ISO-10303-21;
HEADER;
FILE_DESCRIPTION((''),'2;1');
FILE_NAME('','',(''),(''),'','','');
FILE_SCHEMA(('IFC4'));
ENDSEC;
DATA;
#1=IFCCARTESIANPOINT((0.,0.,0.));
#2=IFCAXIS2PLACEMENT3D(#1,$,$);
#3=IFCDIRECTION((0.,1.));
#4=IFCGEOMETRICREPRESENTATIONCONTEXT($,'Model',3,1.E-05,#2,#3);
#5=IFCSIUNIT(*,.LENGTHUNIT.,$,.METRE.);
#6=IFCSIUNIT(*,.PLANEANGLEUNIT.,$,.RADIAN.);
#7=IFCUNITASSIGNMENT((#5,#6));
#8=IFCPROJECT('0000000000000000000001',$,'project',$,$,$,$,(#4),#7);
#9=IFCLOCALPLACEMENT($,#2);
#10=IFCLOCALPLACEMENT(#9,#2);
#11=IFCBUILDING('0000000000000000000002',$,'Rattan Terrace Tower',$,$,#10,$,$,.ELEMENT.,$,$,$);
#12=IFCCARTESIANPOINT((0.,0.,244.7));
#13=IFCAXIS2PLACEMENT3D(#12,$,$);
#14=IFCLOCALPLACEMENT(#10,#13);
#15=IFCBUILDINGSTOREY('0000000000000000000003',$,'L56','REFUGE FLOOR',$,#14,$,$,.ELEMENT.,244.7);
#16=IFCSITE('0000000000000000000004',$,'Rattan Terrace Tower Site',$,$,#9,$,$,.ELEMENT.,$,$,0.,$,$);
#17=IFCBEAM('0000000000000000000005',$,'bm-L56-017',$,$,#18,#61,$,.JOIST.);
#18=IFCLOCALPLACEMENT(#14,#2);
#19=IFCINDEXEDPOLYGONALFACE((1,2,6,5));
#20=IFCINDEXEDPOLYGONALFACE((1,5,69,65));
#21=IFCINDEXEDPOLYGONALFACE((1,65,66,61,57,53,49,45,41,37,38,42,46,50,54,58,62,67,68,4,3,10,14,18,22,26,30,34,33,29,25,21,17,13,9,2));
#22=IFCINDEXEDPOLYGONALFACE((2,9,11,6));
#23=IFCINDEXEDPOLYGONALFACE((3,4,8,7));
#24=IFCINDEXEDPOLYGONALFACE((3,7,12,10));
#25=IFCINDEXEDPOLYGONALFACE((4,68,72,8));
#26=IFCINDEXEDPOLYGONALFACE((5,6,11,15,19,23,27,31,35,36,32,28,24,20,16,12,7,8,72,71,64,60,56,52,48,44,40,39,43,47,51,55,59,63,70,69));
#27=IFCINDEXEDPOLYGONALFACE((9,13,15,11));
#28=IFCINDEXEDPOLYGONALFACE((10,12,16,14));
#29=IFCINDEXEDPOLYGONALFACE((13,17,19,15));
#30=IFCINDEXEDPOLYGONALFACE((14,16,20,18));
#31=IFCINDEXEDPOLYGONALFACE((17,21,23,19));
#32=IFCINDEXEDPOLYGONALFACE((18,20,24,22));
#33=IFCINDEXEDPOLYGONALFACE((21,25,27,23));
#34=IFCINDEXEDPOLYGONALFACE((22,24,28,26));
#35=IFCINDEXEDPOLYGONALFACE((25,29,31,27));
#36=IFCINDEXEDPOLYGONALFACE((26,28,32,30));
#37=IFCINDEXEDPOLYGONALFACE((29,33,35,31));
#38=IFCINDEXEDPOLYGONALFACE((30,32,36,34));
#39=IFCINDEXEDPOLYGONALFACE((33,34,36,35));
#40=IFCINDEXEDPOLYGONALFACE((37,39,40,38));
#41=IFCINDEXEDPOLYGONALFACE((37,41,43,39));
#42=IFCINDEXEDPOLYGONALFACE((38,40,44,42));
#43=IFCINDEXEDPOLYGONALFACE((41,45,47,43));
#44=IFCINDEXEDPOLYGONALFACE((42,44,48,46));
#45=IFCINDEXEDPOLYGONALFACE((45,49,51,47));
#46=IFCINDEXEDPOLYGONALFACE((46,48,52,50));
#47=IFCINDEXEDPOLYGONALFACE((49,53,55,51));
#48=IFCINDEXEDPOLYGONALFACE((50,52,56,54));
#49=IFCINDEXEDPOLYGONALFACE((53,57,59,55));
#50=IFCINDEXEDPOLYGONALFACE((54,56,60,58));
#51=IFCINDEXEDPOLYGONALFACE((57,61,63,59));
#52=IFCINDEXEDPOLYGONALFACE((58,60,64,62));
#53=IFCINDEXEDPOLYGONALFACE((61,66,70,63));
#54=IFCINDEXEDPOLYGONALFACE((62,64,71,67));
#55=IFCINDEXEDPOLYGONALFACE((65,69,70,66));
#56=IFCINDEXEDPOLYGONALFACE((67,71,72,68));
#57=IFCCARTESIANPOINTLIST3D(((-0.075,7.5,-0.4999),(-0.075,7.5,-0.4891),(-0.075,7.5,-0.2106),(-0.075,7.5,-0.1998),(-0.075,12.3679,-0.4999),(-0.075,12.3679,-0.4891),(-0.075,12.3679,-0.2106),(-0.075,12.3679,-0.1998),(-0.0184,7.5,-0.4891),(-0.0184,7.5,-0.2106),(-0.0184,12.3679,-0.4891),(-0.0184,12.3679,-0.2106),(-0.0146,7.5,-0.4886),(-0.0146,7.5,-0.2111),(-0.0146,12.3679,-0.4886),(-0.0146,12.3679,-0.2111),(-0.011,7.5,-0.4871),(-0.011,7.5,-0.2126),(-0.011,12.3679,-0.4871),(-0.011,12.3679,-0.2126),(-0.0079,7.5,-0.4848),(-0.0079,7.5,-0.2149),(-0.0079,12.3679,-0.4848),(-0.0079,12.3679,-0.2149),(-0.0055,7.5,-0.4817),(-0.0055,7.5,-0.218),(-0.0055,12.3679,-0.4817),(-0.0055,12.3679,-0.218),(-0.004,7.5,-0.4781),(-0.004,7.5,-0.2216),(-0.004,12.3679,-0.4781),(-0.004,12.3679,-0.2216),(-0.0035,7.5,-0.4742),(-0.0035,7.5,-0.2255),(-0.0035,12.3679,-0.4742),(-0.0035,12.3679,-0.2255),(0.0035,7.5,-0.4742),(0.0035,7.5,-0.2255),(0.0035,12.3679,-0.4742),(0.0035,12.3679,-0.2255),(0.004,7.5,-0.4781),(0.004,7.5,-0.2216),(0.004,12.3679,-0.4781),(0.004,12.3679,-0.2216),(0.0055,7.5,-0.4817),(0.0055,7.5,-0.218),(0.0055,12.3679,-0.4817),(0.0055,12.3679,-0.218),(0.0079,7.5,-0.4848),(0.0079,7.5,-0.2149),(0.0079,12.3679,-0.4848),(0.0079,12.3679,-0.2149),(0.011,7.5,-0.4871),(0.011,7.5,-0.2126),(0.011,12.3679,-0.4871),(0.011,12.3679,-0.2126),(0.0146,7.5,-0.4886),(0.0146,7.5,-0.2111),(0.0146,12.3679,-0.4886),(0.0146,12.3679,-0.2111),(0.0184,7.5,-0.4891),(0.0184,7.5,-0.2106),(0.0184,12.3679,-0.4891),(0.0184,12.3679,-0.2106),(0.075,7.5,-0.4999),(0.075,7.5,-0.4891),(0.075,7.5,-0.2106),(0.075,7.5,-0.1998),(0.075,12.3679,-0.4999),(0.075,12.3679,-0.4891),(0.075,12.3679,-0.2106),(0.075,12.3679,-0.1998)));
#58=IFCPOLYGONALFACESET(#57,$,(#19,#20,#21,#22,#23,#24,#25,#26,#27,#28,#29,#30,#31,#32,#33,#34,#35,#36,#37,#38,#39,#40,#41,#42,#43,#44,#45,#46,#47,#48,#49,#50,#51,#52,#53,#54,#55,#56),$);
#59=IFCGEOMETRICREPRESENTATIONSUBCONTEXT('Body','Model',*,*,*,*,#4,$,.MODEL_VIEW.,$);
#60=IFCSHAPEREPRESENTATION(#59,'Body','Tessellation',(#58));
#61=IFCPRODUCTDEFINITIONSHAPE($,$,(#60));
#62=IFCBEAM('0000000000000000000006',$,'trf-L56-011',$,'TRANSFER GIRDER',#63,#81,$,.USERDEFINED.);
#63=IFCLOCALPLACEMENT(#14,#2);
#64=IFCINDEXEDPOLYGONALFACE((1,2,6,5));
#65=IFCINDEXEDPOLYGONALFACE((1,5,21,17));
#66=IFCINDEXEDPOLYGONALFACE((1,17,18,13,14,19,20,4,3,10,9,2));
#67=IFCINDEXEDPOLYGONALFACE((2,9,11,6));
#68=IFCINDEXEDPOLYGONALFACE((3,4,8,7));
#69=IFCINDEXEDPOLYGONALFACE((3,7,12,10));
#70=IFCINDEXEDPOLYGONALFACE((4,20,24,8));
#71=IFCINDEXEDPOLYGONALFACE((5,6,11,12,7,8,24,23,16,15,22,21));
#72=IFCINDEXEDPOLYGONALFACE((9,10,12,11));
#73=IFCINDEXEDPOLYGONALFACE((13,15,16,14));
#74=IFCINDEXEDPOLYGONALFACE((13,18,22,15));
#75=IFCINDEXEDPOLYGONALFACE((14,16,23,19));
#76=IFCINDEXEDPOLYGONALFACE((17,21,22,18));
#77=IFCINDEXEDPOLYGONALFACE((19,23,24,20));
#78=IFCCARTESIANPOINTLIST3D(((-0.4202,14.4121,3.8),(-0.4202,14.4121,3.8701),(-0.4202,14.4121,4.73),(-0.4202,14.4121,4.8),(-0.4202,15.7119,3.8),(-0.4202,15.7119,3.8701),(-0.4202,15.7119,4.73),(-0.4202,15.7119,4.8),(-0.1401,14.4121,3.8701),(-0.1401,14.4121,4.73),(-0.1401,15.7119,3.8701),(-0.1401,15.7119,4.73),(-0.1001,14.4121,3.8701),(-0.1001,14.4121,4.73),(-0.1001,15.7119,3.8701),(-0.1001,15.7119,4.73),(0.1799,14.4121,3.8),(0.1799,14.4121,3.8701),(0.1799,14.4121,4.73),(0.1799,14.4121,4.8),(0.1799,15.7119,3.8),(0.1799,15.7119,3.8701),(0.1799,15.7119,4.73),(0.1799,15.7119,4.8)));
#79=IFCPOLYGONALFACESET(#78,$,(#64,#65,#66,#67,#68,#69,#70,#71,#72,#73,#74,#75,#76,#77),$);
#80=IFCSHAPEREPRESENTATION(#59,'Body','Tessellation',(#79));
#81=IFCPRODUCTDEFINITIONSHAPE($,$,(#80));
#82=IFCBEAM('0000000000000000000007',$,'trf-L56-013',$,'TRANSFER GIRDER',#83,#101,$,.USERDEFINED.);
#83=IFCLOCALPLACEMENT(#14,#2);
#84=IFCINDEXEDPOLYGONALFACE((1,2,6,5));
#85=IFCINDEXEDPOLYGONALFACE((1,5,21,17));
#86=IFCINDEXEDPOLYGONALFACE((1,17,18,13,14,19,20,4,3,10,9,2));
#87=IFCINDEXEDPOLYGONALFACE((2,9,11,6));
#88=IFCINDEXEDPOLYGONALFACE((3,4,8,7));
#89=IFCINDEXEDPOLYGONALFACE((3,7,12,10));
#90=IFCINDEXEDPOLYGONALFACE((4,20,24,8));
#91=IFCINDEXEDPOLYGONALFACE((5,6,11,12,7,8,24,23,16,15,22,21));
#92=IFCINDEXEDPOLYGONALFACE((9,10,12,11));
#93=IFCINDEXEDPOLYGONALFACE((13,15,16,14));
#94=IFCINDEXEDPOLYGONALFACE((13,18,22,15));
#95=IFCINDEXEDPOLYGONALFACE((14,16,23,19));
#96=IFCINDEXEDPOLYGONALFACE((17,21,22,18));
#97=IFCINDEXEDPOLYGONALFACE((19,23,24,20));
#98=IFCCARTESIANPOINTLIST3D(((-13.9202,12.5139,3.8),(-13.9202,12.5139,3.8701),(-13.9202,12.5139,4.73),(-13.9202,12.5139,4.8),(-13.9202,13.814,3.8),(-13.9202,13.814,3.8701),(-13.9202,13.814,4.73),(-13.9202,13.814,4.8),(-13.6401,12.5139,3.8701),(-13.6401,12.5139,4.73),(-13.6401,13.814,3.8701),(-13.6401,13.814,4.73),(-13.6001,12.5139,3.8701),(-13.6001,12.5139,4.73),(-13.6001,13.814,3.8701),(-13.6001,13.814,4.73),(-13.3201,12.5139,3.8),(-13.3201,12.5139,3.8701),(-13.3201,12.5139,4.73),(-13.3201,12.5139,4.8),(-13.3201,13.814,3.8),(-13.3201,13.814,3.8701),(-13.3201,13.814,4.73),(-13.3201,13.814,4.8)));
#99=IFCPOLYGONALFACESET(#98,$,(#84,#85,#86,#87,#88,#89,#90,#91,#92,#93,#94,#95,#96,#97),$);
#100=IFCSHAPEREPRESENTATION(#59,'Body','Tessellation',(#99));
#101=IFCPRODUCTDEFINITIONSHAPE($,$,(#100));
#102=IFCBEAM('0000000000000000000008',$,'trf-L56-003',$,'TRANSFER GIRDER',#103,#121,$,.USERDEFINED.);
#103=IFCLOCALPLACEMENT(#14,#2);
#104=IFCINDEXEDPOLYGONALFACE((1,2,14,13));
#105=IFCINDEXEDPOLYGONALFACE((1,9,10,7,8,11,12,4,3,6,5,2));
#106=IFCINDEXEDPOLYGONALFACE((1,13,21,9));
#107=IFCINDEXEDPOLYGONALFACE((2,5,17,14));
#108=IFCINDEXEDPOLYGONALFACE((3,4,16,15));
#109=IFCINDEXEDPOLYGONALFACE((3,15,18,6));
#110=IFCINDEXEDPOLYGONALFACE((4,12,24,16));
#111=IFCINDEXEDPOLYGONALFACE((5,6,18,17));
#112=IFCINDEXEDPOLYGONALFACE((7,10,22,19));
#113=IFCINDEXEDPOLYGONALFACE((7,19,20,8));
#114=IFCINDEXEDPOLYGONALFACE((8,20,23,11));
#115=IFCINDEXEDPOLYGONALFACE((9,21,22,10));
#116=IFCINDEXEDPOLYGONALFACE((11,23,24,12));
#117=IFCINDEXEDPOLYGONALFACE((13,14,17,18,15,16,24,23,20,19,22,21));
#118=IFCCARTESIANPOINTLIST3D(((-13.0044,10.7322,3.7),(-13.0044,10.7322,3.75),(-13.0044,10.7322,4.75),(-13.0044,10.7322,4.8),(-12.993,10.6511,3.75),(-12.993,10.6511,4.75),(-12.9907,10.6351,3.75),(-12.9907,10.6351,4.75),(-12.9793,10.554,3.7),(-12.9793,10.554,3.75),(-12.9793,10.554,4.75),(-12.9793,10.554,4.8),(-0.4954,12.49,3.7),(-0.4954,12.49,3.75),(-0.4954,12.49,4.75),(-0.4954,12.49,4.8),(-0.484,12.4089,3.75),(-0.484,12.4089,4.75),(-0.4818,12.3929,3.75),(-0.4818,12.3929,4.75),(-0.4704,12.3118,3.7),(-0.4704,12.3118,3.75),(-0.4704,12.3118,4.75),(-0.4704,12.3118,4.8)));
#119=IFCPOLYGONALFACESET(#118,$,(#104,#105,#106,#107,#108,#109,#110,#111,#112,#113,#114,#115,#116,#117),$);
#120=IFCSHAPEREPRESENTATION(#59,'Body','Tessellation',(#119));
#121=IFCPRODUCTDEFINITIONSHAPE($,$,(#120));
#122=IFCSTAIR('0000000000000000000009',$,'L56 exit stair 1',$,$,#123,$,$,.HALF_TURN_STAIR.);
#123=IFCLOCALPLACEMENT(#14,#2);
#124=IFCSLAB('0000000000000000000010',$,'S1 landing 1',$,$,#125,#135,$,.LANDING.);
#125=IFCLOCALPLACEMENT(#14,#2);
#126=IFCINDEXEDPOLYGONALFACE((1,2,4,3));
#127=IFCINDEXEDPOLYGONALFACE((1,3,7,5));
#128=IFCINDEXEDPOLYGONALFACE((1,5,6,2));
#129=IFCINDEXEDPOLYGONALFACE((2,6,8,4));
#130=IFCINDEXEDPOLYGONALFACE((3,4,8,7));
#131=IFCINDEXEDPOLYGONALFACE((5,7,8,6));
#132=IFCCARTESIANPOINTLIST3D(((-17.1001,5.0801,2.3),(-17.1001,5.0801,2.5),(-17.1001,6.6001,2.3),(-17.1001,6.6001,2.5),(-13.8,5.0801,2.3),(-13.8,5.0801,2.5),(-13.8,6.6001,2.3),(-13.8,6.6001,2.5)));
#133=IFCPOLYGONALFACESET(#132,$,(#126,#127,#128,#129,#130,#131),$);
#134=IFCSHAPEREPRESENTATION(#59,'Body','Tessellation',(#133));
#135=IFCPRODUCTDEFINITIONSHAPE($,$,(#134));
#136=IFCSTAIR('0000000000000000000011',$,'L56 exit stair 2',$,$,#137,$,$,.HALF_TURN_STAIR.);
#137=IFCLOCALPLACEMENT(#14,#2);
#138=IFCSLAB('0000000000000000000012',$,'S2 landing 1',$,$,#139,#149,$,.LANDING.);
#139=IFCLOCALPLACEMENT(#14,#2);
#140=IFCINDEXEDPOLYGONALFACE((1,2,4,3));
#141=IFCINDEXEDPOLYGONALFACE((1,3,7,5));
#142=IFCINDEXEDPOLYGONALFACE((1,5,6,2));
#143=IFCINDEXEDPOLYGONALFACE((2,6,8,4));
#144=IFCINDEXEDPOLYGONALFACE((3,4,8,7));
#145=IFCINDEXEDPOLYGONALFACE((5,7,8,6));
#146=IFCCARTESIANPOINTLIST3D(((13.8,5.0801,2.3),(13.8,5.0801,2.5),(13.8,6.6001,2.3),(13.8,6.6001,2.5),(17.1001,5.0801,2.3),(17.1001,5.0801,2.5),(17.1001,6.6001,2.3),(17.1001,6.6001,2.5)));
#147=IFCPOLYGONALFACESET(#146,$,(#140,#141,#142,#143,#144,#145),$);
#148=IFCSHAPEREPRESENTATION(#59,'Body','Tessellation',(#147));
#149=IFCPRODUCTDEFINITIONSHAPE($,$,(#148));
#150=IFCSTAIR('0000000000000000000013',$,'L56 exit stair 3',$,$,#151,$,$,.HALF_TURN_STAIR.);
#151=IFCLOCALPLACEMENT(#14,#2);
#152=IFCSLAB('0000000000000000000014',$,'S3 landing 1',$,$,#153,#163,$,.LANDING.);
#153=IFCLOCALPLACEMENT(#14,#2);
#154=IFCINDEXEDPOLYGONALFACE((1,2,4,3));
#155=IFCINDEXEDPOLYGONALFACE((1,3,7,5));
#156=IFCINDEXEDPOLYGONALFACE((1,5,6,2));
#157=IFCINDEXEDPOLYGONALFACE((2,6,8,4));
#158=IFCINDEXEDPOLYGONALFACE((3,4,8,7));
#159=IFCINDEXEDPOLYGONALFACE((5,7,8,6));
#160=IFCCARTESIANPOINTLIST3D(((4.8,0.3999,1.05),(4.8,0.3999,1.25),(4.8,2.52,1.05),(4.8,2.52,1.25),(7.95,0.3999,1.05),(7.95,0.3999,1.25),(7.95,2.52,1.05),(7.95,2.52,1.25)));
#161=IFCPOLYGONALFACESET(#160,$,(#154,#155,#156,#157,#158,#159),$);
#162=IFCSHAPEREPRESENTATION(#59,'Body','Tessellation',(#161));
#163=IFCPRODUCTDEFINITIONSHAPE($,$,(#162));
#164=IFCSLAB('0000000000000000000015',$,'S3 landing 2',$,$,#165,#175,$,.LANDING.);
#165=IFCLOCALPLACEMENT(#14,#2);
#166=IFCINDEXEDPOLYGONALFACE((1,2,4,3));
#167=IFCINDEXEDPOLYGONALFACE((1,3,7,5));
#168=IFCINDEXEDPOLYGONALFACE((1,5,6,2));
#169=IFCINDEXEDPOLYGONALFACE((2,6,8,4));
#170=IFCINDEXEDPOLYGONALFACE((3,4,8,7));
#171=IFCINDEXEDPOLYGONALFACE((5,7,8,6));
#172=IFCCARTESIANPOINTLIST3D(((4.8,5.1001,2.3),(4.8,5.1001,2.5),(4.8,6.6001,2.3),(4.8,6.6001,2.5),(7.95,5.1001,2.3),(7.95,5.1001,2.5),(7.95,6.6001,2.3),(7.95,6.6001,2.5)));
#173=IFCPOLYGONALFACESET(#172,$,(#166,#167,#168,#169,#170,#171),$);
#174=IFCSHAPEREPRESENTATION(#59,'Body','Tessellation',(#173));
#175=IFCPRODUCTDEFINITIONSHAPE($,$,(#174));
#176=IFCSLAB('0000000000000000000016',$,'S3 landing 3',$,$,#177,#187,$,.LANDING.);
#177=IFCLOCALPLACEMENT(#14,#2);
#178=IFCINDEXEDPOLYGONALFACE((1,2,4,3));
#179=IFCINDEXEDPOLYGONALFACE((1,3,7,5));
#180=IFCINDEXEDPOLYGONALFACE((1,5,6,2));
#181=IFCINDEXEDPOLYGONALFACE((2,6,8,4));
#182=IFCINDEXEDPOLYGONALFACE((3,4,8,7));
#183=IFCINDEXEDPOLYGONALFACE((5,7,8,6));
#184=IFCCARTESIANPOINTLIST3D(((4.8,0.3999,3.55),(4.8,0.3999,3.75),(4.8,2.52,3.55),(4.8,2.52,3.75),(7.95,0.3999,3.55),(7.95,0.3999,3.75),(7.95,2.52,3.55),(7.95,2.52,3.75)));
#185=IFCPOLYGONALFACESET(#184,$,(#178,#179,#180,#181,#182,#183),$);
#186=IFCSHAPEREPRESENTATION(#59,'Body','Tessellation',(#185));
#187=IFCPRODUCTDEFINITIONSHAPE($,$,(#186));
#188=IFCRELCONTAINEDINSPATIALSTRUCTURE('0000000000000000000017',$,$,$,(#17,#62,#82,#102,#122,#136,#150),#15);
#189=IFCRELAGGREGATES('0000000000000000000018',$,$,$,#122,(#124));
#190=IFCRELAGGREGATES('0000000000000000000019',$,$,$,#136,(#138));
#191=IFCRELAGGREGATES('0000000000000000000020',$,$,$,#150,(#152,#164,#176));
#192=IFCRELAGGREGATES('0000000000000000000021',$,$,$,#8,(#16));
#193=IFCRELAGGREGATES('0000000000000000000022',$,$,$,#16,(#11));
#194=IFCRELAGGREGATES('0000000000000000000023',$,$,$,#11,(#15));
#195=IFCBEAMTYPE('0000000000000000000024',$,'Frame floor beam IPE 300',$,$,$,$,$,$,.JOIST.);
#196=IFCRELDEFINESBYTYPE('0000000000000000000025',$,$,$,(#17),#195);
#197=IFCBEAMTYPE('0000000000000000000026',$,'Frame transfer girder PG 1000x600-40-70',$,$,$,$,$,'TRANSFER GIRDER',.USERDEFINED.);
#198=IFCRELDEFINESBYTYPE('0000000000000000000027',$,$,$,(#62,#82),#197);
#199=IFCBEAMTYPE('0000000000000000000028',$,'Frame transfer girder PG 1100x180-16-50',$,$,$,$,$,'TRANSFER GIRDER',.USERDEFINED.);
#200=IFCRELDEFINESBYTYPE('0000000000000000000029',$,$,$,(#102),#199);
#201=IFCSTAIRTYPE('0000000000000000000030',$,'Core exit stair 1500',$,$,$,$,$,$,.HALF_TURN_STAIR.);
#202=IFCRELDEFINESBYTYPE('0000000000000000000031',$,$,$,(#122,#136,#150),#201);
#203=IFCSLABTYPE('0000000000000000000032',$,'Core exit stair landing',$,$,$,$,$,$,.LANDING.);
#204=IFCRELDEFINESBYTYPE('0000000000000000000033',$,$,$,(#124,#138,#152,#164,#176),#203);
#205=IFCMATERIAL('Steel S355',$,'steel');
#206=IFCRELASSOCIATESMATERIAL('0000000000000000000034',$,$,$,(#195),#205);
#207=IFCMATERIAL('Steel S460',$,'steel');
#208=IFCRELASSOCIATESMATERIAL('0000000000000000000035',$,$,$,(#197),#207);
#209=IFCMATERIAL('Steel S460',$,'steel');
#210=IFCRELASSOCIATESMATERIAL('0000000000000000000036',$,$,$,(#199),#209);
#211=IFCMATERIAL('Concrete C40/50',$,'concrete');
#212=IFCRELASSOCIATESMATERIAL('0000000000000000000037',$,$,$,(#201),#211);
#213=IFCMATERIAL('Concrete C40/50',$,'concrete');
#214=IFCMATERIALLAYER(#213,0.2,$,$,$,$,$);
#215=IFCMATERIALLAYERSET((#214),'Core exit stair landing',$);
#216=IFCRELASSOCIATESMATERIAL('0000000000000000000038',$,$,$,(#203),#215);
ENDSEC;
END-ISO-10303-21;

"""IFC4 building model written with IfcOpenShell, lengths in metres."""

from ifc_helpers import new_model, si_unit, direction, frame, origin, origin_2d, place, context, subcontext, project, spatial, polyline, i_section, outline, extrude, material, layer, layer_set, material_profile, profile_set, type_object, element, aggregate, save


model = new_model("IFC4")

# Units and contexts
model_context = context("Model", 3, precision=1e-05, world=origin(), true_north=direction((0.0, 1.0)))
body_context = subcontext(model_context, "Body", "Model", "MODEL_VIEW")
ifc_project = project(units=[si_unit("LENGTHUNIT", "METRE"), si_unit("PLANEANGLEUNIT", "RADIAN")], contexts=[model_context])

# Site, building, storey
site_placement = place(None, origin())
site = spatial("IfcSite", under=ifc_project, at=site_placement, Name="Rattan Terrace Tower Site", CompositionType="ELEMENT", RefElevation=0.0)
building_placement = place(site_placement, origin())
building = spatial("IfcBuilding", under=site, at=building_placement, Name="Rattan Terrace Tower", CompositionType="ELEMENT")
storey_placement = place(building_placement, frame((0.0, 0.0, 244.7)))
storey = spatial("IfcBuildingStorey", under=building, at=storey_placement, Name="L56", Description="REFUGE FLOOR", CompositionType="ELEMENT", Elevation=244.7)

# Beams
ifc_material_1 = material(Name="Steel S355", Category="steel")
ifc_material_profile_1 = material_profile(ifc_material_1, i_section(OverallWidth=0.1499, OverallDepth=0.3, WebThickness=0.0071, FlangeThickness=0.0107, FilletRadius=0.0149, at=origin_2d()), Name="IPE 300")
ifc_profile_set_1 = profile_set([ifc_material_profile_1], Name="Steel S355")
beam_type_1 = type_object("IfcBeamType", Name="Frame floor beam IPE 300", PredefinedType="JOIST", material=ifc_profile_set_1)
beam_1_placement = place(storey_placement, frame((0.0, 7.5, -0.3499), z_axis=(0.0, 1.0, 0.0), x_axis=(-1.0, 0.0, 0.0)))
element("IfcBeam", 1, at=beam_1_placement, inside=storey, type_object=beam_type_1, Name="bm-L56-017", PredefinedType="JOIST", context=body_context, shape_type="SweptSolid", body=[
    extrude(i_section(OverallWidth=0.1499, OverallDepth=0.3, WebThickness=0.0071, FlangeThickness=0.0107, FilletRadius=0.0149, at=origin_2d()), origin(), (0.0, 0.0, 1.0), 4.8679),
])
ifc_material_2 = material(Name="Steel S460", Category="steel")
ifc_material_profile_2 = material_profile(ifc_material_2, i_section(OverallWidth=0.6001, OverallDepth=1.0, WebThickness=0.04, FlangeThickness=0.0701, at=origin_2d()), Name="PG 1000x600-40-70")
ifc_profile_set_2 = profile_set([ifc_material_profile_2], Name="Steel S460")
beam_type_2 = type_object("IfcBeamType", Name="Frame transfer girder PG 1000x600-40-70", ElementType="TRANSFER GIRDER", PredefinedType="USERDEFINED", material=ifc_profile_set_2)
beam_2_placement = place(storey_placement, frame((-0.1201, 14.4121, 4.3), z_axis=(0.0, 1.0, 0.0), x_axis=(-1.0, 0.0, 0.0)))
element("IfcBeam", 2, at=beam_2_placement, inside=storey, type_object=beam_type_2, Name="trf-L56-011", ObjectType="TRANSFER GIRDER", PredefinedType="USERDEFINED", context=body_context, shape_type="SweptSolid", body=[
    extrude(i_section(OverallWidth=0.6001, OverallDepth=1.0, WebThickness=0.04, FlangeThickness=0.0701, at=origin_2d()), origin(), (0.0, 0.0, 1.0), 1.2998),
])
beam_3_placement = place(storey_placement, frame((-13.6201, 12.5139, 4.3), z_axis=(0.0, 1.0, 0.0), x_axis=(-1.0, 0.0, 0.0)))
element("IfcBeam", 3, at=beam_3_placement, inside=storey, type_object=beam_type_2, Name="trf-L56-013", ObjectType="TRANSFER GIRDER", PredefinedType="USERDEFINED", context=body_context, shape_type="SweptSolid", body=[
    extrude(i_section(OverallWidth=0.6001, OverallDepth=1.0, WebThickness=0.04, FlangeThickness=0.0701, at=origin_2d()), origin(), (0.0, 0.0, 1.0), 1.3),
])
ifc_material_3 = material(Name="Steel S460", Category="steel")
ifc_material_profile_3 = material_profile(ifc_material_3, i_section(OverallWidth=0.1799, OverallDepth=1.1001, WebThickness=0.0161, FlangeThickness=0.05, at=origin_2d()), Name="PG 1100x180-16-50")
ifc_profile_set_3 = profile_set([ifc_material_profile_3], Name="Steel S460")
beam_type_3 = type_object("IfcBeamType", Name="Frame transfer girder PG 1100x180-16-50", ElementType="TRANSFER GIRDER", PredefinedType="USERDEFINED", material=ifc_profile_set_3)
beam_4_placement = place(storey_placement, frame((-0.4829, 12.4009, 4.25), z_axis=(-0.99027, -0.139156, 0.0), x_axis=(0.139156, -0.99027, 0.0)))
element("IfcBeam", 4, at=beam_4_placement, inside=storey, type_object=beam_type_3, Name="trf-L56-003", ObjectType="TRANSFER GIRDER", PredefinedType="USERDEFINED", context=body_context, shape_type="SweptSolid", body=[
    extrude(i_section(OverallWidth=0.1799, OverallDepth=1.1001, WebThickness=0.0161, FlangeThickness=0.05, at=origin_2d()), origin(), (0.0, 0.0, 1.0), 12.6318),
])

# Stairs, slabs
ifc_material_4 = material(Name="Concrete C40/50", Category="concrete")
stair_type = type_object("IfcStairType", Name="Core exit stair 1500", PredefinedType="HALF_TURN_STAIR", material=ifc_material_4)
stair_1_placement = place(storey_placement, origin())
stair_1 = element("IfcStair", 5, at=stair_1_placement, inside=storey, type_object=stair_type, Name="L56 exit stair 1", PredefinedType="HALF_TURN_STAIR")
ifc_material_5 = material(Name="Concrete C40/50", Category="concrete")
ifc_layer_1 = layer(ifc_material_5, 0.2)
ifc_layer_set_1 = layer_set([ifc_layer_1], Name="Core exit stair landing")
slab_type_1 = type_object("IfcSlabType", Name="Core exit stair landing", PredefinedType="LANDING", material=ifc_layer_set_1)
slab_1_placement = place(storey_placement, frame((0.0, 0.0, 2.3)))
slab_1 = element("IfcSlab", 6, at=slab_1_placement, type_object=slab_type_1, Name="S1 landing 1", PredefinedType="LANDING", context=body_context, shape_type="SweptSolid", body=[
    extrude(outline(polyline([(-13.8, 5.0801), (-13.8, 6.6001), (-17.1001, 6.6001), (-17.1001, 5.0801), (-13.8, 5.0801)])), origin(), (0.0, 0.0, 1.0), 0.2),
])
aggregate(stair_1, [slab_1])
stair_2_placement = place(storey_placement, origin())
stair_2 = element("IfcStair", 7, at=stair_2_placement, inside=storey, type_object=stair_type, Name="L56 exit stair 2", PredefinedType="HALF_TURN_STAIR")
slab_2_placement = place(storey_placement, frame((0.0, 0.0, 2.3)))
slab_2 = element("IfcSlab", 8, at=slab_2_placement, type_object=slab_type_1, Name="S2 landing 1", PredefinedType="LANDING", context=body_context, shape_type="SweptSolid", body=[
    extrude(outline(polyline([(17.1001, 5.0801), (17.1001, 6.6001), (13.8, 6.6001), (13.8, 5.0801), (17.1001, 5.0801)])), origin(), (0.0, 0.0, 1.0), 0.2),
])
aggregate(stair_2, [slab_2])

# Stair, slabs
stair_3_placement = place(storey_placement, origin())
stair_3 = element("IfcStair", 9, at=stair_3_placement, inside=storey, type_object=stair_type, Name="L56 exit stair 3", PredefinedType="HALF_TURN_STAIR")
slab_3_placement = place(storey_placement, frame((0.0, 0.0, 1.05)))
slab_3 = element("IfcSlab", 10, at=slab_3_placement, type_object=slab_type_1, Name="S3 landing 1", PredefinedType="LANDING", context=body_context, shape_type="SweptSolid", body=[
    extrude(outline(polyline([(4.8, 2.52), (4.8, 0.3999), (7.95, 0.3999), (7.95, 2.52), (4.8, 2.52)])), origin(), (0.0, 0.0, 1.0), 0.2),
])
slab_4_placement = place(storey_placement, frame((0.0, 0.0, 2.3)))
slab_4 = element("IfcSlab", 11, at=slab_4_placement, type_object=slab_type_1, Name="S3 landing 2", PredefinedType="LANDING", context=body_context, shape_type="SweptSolid", body=[
    extrude(outline(polyline([(4.8, 6.6001), (4.8, 5.1001), (7.95, 5.1001), (7.95, 6.6001), (4.8, 6.6001)])), origin(), (0.0, 0.0, 1.0), 0.2),
])
slab_5_placement = place(storey_placement, frame((0.0, 0.0, 3.55)))
slab_5 = element("IfcSlab", 12, at=slab_5_placement, type_object=slab_type_1, Name="S3 landing 3", PredefinedType="LANDING", context=body_context, shape_type="SweptSolid", body=[
    extrude(outline(polyline([(4.8, 2.52), (4.8, 0.3999), (7.95, 0.3999), (7.95, 2.52), (4.8, 2.52)])), origin(), (0.0, 0.0, 1.0), 0.2),
])
aggregate(stair_3, [slab_3, slab_4, slab_5])

save(model, "model.ifc")
